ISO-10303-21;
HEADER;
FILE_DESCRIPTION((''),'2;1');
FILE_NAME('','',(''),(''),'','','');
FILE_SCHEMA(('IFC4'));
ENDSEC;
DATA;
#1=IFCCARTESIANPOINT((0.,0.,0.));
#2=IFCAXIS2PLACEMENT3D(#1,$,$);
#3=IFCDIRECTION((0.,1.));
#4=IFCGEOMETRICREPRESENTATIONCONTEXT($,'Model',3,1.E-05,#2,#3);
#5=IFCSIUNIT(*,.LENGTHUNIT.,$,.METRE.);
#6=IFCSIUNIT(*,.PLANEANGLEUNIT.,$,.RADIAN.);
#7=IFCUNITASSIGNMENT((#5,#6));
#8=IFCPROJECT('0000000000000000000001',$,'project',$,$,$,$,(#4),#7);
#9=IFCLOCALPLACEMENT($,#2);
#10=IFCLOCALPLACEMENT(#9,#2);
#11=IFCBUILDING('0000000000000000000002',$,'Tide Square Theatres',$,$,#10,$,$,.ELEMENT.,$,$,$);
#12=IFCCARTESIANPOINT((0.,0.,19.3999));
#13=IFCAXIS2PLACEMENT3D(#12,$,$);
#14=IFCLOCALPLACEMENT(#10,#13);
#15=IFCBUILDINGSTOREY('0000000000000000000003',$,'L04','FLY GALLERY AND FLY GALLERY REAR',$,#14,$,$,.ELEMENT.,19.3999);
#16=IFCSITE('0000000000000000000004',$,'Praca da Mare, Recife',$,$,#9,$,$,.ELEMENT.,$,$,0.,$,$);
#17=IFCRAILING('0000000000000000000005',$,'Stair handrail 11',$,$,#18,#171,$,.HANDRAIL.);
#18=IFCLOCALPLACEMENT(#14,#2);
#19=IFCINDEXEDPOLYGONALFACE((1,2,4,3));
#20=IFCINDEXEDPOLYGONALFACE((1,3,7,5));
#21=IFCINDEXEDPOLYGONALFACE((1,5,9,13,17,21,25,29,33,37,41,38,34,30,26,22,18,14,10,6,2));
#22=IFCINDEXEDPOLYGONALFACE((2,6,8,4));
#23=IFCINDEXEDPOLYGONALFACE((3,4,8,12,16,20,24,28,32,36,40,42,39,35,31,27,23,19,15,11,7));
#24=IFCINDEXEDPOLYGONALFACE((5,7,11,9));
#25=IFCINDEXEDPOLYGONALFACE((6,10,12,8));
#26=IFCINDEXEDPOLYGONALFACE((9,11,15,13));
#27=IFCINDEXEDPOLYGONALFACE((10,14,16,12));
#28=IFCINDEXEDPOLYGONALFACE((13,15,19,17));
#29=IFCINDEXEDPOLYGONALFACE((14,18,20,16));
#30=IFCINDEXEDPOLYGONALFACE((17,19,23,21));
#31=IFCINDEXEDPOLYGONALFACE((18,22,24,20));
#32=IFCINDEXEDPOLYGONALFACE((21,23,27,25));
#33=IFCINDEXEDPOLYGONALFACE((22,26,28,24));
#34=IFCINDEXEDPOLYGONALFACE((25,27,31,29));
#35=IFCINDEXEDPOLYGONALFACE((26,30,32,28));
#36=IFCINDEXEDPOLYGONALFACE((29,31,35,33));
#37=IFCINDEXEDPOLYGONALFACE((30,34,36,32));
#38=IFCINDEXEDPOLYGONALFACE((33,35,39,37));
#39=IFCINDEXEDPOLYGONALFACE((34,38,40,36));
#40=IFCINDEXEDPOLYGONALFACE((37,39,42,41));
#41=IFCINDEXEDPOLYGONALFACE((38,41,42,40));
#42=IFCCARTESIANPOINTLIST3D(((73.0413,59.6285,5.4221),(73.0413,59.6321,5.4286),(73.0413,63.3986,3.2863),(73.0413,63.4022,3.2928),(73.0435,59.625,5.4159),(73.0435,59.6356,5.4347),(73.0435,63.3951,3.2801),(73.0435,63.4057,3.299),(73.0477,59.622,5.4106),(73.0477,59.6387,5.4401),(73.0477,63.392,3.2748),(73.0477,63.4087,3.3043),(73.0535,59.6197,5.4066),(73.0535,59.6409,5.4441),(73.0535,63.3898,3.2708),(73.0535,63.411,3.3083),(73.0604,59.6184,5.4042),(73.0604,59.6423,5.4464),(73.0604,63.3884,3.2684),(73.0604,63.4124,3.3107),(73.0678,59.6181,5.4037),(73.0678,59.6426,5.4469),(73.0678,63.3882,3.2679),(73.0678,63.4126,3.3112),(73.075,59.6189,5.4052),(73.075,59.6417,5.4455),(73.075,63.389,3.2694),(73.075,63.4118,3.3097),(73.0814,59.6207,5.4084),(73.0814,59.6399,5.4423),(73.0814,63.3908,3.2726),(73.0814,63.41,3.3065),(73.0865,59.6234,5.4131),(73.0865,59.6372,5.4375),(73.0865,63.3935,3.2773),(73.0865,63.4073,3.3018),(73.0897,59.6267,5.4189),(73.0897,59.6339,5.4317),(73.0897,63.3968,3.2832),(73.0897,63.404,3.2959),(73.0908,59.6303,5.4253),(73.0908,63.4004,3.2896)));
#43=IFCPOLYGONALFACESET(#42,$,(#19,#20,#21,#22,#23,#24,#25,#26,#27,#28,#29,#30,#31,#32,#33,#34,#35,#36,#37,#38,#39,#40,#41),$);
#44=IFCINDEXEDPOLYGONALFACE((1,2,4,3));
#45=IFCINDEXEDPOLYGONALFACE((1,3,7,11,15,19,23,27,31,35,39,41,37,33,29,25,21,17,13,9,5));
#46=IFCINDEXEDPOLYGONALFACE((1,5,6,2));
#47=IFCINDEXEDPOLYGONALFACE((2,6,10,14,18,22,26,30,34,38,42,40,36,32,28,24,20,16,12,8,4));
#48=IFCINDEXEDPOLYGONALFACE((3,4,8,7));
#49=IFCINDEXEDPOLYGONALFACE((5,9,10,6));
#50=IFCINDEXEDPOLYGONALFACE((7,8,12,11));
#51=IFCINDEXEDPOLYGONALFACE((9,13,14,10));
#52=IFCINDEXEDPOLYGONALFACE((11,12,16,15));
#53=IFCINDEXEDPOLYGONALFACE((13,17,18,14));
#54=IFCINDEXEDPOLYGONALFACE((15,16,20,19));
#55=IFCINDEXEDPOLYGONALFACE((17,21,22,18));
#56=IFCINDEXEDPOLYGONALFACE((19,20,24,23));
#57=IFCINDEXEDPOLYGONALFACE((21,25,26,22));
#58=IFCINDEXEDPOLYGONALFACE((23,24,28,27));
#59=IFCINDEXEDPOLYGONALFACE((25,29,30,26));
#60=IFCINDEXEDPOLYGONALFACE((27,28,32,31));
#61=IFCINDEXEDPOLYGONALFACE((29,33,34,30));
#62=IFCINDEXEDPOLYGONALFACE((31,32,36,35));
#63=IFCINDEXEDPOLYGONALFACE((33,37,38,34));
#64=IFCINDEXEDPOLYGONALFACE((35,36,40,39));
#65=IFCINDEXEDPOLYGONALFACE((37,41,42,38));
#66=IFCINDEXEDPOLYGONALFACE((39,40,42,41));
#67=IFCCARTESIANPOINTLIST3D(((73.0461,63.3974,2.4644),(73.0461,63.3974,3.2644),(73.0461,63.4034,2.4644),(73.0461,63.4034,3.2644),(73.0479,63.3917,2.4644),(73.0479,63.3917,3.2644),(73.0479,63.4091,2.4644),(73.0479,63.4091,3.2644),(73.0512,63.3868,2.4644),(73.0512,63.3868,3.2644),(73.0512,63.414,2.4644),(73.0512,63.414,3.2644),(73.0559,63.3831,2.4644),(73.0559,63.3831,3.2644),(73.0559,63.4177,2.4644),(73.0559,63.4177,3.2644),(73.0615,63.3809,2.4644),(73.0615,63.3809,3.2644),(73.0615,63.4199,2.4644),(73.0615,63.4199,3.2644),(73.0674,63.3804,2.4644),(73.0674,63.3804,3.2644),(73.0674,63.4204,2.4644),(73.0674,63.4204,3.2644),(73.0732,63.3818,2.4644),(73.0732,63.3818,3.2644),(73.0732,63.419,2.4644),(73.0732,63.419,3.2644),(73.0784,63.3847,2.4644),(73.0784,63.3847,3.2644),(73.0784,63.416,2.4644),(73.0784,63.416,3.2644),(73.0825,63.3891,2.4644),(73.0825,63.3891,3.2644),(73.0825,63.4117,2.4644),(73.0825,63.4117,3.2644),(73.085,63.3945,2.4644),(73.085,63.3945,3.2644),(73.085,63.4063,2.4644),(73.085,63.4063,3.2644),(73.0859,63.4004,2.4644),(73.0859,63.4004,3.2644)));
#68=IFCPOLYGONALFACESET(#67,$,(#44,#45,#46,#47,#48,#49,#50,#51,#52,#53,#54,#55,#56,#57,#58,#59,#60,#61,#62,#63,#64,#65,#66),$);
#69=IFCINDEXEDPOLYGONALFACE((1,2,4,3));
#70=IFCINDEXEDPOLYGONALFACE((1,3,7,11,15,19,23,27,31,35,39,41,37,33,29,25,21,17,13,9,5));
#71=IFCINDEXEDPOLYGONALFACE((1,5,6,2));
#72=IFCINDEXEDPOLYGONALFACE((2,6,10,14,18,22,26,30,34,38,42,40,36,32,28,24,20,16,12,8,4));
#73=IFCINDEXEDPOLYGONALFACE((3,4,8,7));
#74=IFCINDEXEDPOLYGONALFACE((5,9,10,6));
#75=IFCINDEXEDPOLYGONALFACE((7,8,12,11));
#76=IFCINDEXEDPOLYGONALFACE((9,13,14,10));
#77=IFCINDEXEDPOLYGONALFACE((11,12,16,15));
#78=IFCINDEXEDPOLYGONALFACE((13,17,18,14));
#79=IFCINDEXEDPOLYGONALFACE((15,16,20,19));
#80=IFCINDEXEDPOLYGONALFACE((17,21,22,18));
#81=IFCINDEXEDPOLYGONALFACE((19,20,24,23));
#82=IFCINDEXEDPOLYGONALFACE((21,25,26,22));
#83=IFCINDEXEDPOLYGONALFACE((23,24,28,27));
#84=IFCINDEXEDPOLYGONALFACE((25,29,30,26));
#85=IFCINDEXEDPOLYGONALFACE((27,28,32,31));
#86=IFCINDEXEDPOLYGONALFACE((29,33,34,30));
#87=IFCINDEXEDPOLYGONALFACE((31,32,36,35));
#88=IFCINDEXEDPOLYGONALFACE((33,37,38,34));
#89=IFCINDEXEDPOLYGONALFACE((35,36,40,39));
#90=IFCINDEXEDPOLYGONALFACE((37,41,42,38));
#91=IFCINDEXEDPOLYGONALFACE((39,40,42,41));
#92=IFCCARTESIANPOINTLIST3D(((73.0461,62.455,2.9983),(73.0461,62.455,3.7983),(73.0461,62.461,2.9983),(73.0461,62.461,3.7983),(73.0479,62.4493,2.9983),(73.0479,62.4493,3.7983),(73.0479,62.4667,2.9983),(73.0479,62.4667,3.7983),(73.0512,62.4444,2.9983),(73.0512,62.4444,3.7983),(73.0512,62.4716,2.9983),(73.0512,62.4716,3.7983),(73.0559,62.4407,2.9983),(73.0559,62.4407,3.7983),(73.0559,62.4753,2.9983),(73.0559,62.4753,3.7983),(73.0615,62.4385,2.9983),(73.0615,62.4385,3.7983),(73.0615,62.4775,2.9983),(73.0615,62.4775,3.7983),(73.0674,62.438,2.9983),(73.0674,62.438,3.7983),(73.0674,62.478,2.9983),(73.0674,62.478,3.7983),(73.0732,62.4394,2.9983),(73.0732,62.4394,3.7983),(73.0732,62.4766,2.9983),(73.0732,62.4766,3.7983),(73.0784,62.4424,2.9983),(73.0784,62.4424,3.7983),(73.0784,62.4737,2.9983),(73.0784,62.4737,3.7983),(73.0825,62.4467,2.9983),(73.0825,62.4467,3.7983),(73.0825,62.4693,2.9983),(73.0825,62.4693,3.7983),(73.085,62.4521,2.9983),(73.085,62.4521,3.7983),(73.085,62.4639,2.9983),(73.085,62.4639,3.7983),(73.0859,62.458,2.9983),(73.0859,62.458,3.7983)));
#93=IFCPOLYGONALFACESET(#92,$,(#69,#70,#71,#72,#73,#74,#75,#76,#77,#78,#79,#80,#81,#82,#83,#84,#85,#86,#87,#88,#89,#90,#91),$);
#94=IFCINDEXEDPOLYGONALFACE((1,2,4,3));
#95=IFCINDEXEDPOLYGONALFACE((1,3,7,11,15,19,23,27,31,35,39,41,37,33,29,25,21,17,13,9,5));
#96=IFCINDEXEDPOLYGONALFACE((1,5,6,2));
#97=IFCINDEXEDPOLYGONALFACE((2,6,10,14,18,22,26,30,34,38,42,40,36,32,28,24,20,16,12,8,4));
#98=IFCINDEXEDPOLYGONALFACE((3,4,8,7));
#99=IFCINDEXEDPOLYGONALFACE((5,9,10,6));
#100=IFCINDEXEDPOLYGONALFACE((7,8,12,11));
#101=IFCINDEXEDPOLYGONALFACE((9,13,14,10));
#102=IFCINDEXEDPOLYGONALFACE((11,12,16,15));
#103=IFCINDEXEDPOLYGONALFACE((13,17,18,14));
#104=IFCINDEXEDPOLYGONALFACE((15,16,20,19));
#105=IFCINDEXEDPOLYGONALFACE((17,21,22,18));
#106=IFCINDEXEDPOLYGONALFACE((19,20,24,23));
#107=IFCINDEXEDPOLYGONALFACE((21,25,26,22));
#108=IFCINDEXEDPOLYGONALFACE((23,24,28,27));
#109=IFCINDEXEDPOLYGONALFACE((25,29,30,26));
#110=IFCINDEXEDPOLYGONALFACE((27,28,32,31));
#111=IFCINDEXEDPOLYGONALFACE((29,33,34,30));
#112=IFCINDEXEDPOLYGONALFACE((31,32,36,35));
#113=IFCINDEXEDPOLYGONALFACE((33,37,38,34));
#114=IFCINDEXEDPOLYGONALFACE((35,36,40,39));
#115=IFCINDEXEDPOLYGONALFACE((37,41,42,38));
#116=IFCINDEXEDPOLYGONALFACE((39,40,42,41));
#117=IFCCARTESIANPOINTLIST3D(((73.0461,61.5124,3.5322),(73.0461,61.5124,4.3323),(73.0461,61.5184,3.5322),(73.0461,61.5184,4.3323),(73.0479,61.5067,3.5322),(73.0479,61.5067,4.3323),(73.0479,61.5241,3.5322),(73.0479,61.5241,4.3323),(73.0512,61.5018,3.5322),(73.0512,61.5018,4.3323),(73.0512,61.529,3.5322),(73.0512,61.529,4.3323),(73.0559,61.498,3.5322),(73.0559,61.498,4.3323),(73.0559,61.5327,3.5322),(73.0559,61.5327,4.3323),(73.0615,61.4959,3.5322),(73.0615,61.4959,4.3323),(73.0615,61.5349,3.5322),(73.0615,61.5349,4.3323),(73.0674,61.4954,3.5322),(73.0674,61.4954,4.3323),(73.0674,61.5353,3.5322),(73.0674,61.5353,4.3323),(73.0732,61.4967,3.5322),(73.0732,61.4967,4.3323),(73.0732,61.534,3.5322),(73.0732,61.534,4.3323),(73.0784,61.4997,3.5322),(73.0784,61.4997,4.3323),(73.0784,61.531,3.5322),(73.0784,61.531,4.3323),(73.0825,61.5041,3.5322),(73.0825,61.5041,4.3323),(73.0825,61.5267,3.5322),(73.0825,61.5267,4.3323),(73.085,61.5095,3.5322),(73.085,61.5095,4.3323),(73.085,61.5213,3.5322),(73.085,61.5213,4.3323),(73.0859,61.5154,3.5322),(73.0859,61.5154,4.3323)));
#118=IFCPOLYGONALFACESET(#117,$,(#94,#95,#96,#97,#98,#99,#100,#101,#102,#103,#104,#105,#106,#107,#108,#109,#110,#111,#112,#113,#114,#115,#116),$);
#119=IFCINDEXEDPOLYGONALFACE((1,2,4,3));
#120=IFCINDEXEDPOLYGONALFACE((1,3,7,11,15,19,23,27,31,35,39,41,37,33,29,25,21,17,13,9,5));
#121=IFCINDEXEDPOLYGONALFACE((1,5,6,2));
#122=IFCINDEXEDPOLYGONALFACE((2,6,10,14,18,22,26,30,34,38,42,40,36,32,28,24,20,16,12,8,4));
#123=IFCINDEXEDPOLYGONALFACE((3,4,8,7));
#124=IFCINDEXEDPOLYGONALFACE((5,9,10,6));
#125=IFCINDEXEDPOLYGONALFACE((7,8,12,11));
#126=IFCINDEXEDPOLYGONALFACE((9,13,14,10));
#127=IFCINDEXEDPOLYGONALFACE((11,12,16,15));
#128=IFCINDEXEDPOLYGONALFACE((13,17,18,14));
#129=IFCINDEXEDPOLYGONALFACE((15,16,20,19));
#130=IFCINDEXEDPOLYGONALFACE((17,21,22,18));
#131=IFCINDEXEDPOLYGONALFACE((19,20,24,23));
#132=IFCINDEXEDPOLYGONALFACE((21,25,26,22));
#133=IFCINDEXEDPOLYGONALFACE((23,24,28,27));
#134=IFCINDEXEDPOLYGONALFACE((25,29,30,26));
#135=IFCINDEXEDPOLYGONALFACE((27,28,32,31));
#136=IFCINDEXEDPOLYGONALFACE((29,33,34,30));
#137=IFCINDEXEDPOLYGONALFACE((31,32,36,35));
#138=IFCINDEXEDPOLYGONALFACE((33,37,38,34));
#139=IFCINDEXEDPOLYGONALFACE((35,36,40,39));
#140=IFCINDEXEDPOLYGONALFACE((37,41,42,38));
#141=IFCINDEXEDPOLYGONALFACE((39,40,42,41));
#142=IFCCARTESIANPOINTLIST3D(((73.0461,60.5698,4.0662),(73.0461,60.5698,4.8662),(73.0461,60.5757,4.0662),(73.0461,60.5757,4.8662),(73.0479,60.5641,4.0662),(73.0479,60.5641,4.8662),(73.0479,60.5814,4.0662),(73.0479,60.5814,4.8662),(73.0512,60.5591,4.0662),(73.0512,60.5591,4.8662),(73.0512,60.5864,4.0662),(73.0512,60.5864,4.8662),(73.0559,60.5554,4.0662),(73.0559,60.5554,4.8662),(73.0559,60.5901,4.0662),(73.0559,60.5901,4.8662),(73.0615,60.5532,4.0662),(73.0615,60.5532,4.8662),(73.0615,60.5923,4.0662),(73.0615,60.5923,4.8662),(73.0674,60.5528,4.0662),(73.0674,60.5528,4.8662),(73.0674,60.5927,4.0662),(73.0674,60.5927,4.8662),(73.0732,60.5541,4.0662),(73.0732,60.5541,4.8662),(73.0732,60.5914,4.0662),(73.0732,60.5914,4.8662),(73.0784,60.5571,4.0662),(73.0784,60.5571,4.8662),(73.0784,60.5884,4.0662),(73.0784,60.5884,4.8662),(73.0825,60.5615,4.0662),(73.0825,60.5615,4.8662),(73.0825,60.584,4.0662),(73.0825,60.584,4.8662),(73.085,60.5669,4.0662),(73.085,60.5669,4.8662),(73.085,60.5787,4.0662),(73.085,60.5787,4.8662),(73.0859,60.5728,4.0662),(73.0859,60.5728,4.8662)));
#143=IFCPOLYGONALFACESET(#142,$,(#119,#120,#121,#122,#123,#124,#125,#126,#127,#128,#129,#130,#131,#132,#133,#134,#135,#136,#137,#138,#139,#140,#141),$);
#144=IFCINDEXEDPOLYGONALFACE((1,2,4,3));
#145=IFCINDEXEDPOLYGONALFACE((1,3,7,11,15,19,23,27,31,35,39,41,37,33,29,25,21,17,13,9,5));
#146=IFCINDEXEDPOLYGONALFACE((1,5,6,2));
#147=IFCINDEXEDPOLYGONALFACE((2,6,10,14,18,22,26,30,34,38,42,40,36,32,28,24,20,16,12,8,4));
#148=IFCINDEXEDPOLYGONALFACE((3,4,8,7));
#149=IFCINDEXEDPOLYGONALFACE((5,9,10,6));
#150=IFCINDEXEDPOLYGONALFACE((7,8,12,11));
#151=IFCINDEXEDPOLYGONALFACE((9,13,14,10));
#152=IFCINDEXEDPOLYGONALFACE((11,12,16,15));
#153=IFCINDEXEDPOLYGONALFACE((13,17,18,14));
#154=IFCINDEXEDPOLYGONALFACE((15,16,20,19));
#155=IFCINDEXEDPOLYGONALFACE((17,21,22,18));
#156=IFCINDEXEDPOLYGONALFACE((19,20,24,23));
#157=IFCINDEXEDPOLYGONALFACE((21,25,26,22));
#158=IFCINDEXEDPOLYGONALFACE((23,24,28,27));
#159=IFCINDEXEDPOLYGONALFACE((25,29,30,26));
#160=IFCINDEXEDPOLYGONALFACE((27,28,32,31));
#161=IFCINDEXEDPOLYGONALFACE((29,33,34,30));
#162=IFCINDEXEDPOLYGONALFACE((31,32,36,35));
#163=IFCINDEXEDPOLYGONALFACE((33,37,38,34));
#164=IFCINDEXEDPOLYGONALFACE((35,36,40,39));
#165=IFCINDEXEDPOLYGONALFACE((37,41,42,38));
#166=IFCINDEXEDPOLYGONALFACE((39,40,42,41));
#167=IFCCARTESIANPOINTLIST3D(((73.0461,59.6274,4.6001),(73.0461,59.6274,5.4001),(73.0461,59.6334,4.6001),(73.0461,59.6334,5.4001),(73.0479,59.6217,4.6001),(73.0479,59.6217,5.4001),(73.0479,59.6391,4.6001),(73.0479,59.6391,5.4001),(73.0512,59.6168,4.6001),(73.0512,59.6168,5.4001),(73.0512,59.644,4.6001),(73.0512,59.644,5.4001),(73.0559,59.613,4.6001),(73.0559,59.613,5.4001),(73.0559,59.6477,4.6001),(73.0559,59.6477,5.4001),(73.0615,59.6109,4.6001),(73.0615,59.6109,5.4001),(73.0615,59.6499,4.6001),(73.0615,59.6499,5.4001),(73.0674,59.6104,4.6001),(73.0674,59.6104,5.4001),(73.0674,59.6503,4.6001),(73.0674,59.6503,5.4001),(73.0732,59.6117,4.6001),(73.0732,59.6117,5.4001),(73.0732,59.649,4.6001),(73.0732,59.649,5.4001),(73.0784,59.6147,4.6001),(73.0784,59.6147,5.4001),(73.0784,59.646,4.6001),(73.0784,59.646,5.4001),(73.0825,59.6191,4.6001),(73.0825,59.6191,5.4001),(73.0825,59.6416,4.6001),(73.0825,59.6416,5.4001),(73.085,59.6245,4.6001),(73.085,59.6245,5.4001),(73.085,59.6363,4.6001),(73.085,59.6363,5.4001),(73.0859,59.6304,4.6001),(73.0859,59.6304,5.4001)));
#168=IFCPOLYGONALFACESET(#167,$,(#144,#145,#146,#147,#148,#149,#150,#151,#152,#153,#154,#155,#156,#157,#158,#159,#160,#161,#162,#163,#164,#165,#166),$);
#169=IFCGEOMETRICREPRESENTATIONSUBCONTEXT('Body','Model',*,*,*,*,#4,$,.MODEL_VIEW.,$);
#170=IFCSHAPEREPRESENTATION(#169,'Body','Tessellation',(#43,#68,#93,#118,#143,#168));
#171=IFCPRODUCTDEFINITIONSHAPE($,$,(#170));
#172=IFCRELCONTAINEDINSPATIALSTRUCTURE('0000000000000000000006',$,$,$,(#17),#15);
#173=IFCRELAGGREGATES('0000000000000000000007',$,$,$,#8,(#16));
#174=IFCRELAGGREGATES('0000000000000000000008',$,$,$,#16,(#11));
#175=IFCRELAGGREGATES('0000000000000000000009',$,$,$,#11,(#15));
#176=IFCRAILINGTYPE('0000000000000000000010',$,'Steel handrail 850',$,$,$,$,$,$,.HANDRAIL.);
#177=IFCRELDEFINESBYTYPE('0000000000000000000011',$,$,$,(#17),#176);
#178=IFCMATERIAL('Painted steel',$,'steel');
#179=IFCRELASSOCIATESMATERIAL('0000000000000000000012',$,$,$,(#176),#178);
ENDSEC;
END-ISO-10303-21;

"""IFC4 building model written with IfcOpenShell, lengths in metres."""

from ifc_helpers import new_model, si_unit, direction, frame, origin, origin_2d, place, context, subcontext, project, spatial, circle, extrude, material, type_object, element, save


model = new_model("IFC4")

# Units and contexts
model_context = context("Model", 3, precision=1e-05, world=origin(), true_north=direction((0.0, 1.0)))
body_context = subcontext(model_context, "Body", "Model", "MODEL_VIEW")
ifc_project = project(units=[si_unit("LENGTHUNIT", "METRE"), si_unit("PLANEANGLEUNIT", "RADIAN")], contexts=[model_context])

# Site, building, storey
site_placement = place(None, origin())
site = spatial("IfcSite", under=ifc_project, at=site_placement, Name="Praca da Mare, Recife", CompositionType="ELEMENT", RefElevation=0.0)
building_placement = place(site_placement, origin())
building = spatial("IfcBuilding", under=site, at=building_placement, Name="Tide Square Theatres", CompositionType="ELEMENT")
storey_placement = place(building_placement, frame((0.0, 0.0, 19.3999)))
storey = spatial("IfcBuildingStorey", under=building, at=storey_placement, Name="L04", Description="FLY GALLERY AND FLY GALLERY REAR", CompositionType="ELEMENT", Elevation=19.3999)

# Railing
ifc_material_1 = material(Name="Painted steel", Category="steel")
railing_type_1 = type_object("IfcRailingType", Name="Steel handrail 850", PredefinedType="HANDRAIL", material=ifc_material_1)
for number, where, name in (
    (1, (73.0659, 63.4004, 2.4644), "Stair handrail 11"),
):
    element("IfcRailing", number, at=place(storey_placement, frame(where)), inside=storey, type_object=railing_type_1, Name=name, PredefinedType="HANDRAIL", context=body_context, shape_type="SweptSolid", body=[
        extrude(circle(Radius=0.0249, at=origin_2d()), frame((0.0, 0.0, 0.8252), z_axis=(0.0, -0.870082, 0.492907), x_axis=(1.0, 0.0, 0.0)), (0.0, 0.0, 1.0), 4.333),
        extrude(circle(Radius=0.02, at=origin_2d()), origin(), (0.0, 0.0, 1.0), 0.8),
        extrude(circle(Radius=0.02, at=origin_2d()), frame((0.0, -0.9424, 0.5339)), (0.0, 0.0, 1.0), 0.8),
        extrude(circle(Radius=0.02, at=origin_2d()), frame((0.0, -1.885, 1.0679)), (0.0, 0.0, 1.0), 0.8),
        extrude(circle(Radius=0.02, at=origin_2d()), frame((0.0, -2.8276, 1.6018)), (0.0, 0.0, 1.0), 0.8),
        extrude(circle(Radius=0.02, at=origin_2d()), frame((0.0, -3.77, 2.1357)), (0.0, 0.0, 1.0), 0.8),
    ])

save(model, "model.ifc")
